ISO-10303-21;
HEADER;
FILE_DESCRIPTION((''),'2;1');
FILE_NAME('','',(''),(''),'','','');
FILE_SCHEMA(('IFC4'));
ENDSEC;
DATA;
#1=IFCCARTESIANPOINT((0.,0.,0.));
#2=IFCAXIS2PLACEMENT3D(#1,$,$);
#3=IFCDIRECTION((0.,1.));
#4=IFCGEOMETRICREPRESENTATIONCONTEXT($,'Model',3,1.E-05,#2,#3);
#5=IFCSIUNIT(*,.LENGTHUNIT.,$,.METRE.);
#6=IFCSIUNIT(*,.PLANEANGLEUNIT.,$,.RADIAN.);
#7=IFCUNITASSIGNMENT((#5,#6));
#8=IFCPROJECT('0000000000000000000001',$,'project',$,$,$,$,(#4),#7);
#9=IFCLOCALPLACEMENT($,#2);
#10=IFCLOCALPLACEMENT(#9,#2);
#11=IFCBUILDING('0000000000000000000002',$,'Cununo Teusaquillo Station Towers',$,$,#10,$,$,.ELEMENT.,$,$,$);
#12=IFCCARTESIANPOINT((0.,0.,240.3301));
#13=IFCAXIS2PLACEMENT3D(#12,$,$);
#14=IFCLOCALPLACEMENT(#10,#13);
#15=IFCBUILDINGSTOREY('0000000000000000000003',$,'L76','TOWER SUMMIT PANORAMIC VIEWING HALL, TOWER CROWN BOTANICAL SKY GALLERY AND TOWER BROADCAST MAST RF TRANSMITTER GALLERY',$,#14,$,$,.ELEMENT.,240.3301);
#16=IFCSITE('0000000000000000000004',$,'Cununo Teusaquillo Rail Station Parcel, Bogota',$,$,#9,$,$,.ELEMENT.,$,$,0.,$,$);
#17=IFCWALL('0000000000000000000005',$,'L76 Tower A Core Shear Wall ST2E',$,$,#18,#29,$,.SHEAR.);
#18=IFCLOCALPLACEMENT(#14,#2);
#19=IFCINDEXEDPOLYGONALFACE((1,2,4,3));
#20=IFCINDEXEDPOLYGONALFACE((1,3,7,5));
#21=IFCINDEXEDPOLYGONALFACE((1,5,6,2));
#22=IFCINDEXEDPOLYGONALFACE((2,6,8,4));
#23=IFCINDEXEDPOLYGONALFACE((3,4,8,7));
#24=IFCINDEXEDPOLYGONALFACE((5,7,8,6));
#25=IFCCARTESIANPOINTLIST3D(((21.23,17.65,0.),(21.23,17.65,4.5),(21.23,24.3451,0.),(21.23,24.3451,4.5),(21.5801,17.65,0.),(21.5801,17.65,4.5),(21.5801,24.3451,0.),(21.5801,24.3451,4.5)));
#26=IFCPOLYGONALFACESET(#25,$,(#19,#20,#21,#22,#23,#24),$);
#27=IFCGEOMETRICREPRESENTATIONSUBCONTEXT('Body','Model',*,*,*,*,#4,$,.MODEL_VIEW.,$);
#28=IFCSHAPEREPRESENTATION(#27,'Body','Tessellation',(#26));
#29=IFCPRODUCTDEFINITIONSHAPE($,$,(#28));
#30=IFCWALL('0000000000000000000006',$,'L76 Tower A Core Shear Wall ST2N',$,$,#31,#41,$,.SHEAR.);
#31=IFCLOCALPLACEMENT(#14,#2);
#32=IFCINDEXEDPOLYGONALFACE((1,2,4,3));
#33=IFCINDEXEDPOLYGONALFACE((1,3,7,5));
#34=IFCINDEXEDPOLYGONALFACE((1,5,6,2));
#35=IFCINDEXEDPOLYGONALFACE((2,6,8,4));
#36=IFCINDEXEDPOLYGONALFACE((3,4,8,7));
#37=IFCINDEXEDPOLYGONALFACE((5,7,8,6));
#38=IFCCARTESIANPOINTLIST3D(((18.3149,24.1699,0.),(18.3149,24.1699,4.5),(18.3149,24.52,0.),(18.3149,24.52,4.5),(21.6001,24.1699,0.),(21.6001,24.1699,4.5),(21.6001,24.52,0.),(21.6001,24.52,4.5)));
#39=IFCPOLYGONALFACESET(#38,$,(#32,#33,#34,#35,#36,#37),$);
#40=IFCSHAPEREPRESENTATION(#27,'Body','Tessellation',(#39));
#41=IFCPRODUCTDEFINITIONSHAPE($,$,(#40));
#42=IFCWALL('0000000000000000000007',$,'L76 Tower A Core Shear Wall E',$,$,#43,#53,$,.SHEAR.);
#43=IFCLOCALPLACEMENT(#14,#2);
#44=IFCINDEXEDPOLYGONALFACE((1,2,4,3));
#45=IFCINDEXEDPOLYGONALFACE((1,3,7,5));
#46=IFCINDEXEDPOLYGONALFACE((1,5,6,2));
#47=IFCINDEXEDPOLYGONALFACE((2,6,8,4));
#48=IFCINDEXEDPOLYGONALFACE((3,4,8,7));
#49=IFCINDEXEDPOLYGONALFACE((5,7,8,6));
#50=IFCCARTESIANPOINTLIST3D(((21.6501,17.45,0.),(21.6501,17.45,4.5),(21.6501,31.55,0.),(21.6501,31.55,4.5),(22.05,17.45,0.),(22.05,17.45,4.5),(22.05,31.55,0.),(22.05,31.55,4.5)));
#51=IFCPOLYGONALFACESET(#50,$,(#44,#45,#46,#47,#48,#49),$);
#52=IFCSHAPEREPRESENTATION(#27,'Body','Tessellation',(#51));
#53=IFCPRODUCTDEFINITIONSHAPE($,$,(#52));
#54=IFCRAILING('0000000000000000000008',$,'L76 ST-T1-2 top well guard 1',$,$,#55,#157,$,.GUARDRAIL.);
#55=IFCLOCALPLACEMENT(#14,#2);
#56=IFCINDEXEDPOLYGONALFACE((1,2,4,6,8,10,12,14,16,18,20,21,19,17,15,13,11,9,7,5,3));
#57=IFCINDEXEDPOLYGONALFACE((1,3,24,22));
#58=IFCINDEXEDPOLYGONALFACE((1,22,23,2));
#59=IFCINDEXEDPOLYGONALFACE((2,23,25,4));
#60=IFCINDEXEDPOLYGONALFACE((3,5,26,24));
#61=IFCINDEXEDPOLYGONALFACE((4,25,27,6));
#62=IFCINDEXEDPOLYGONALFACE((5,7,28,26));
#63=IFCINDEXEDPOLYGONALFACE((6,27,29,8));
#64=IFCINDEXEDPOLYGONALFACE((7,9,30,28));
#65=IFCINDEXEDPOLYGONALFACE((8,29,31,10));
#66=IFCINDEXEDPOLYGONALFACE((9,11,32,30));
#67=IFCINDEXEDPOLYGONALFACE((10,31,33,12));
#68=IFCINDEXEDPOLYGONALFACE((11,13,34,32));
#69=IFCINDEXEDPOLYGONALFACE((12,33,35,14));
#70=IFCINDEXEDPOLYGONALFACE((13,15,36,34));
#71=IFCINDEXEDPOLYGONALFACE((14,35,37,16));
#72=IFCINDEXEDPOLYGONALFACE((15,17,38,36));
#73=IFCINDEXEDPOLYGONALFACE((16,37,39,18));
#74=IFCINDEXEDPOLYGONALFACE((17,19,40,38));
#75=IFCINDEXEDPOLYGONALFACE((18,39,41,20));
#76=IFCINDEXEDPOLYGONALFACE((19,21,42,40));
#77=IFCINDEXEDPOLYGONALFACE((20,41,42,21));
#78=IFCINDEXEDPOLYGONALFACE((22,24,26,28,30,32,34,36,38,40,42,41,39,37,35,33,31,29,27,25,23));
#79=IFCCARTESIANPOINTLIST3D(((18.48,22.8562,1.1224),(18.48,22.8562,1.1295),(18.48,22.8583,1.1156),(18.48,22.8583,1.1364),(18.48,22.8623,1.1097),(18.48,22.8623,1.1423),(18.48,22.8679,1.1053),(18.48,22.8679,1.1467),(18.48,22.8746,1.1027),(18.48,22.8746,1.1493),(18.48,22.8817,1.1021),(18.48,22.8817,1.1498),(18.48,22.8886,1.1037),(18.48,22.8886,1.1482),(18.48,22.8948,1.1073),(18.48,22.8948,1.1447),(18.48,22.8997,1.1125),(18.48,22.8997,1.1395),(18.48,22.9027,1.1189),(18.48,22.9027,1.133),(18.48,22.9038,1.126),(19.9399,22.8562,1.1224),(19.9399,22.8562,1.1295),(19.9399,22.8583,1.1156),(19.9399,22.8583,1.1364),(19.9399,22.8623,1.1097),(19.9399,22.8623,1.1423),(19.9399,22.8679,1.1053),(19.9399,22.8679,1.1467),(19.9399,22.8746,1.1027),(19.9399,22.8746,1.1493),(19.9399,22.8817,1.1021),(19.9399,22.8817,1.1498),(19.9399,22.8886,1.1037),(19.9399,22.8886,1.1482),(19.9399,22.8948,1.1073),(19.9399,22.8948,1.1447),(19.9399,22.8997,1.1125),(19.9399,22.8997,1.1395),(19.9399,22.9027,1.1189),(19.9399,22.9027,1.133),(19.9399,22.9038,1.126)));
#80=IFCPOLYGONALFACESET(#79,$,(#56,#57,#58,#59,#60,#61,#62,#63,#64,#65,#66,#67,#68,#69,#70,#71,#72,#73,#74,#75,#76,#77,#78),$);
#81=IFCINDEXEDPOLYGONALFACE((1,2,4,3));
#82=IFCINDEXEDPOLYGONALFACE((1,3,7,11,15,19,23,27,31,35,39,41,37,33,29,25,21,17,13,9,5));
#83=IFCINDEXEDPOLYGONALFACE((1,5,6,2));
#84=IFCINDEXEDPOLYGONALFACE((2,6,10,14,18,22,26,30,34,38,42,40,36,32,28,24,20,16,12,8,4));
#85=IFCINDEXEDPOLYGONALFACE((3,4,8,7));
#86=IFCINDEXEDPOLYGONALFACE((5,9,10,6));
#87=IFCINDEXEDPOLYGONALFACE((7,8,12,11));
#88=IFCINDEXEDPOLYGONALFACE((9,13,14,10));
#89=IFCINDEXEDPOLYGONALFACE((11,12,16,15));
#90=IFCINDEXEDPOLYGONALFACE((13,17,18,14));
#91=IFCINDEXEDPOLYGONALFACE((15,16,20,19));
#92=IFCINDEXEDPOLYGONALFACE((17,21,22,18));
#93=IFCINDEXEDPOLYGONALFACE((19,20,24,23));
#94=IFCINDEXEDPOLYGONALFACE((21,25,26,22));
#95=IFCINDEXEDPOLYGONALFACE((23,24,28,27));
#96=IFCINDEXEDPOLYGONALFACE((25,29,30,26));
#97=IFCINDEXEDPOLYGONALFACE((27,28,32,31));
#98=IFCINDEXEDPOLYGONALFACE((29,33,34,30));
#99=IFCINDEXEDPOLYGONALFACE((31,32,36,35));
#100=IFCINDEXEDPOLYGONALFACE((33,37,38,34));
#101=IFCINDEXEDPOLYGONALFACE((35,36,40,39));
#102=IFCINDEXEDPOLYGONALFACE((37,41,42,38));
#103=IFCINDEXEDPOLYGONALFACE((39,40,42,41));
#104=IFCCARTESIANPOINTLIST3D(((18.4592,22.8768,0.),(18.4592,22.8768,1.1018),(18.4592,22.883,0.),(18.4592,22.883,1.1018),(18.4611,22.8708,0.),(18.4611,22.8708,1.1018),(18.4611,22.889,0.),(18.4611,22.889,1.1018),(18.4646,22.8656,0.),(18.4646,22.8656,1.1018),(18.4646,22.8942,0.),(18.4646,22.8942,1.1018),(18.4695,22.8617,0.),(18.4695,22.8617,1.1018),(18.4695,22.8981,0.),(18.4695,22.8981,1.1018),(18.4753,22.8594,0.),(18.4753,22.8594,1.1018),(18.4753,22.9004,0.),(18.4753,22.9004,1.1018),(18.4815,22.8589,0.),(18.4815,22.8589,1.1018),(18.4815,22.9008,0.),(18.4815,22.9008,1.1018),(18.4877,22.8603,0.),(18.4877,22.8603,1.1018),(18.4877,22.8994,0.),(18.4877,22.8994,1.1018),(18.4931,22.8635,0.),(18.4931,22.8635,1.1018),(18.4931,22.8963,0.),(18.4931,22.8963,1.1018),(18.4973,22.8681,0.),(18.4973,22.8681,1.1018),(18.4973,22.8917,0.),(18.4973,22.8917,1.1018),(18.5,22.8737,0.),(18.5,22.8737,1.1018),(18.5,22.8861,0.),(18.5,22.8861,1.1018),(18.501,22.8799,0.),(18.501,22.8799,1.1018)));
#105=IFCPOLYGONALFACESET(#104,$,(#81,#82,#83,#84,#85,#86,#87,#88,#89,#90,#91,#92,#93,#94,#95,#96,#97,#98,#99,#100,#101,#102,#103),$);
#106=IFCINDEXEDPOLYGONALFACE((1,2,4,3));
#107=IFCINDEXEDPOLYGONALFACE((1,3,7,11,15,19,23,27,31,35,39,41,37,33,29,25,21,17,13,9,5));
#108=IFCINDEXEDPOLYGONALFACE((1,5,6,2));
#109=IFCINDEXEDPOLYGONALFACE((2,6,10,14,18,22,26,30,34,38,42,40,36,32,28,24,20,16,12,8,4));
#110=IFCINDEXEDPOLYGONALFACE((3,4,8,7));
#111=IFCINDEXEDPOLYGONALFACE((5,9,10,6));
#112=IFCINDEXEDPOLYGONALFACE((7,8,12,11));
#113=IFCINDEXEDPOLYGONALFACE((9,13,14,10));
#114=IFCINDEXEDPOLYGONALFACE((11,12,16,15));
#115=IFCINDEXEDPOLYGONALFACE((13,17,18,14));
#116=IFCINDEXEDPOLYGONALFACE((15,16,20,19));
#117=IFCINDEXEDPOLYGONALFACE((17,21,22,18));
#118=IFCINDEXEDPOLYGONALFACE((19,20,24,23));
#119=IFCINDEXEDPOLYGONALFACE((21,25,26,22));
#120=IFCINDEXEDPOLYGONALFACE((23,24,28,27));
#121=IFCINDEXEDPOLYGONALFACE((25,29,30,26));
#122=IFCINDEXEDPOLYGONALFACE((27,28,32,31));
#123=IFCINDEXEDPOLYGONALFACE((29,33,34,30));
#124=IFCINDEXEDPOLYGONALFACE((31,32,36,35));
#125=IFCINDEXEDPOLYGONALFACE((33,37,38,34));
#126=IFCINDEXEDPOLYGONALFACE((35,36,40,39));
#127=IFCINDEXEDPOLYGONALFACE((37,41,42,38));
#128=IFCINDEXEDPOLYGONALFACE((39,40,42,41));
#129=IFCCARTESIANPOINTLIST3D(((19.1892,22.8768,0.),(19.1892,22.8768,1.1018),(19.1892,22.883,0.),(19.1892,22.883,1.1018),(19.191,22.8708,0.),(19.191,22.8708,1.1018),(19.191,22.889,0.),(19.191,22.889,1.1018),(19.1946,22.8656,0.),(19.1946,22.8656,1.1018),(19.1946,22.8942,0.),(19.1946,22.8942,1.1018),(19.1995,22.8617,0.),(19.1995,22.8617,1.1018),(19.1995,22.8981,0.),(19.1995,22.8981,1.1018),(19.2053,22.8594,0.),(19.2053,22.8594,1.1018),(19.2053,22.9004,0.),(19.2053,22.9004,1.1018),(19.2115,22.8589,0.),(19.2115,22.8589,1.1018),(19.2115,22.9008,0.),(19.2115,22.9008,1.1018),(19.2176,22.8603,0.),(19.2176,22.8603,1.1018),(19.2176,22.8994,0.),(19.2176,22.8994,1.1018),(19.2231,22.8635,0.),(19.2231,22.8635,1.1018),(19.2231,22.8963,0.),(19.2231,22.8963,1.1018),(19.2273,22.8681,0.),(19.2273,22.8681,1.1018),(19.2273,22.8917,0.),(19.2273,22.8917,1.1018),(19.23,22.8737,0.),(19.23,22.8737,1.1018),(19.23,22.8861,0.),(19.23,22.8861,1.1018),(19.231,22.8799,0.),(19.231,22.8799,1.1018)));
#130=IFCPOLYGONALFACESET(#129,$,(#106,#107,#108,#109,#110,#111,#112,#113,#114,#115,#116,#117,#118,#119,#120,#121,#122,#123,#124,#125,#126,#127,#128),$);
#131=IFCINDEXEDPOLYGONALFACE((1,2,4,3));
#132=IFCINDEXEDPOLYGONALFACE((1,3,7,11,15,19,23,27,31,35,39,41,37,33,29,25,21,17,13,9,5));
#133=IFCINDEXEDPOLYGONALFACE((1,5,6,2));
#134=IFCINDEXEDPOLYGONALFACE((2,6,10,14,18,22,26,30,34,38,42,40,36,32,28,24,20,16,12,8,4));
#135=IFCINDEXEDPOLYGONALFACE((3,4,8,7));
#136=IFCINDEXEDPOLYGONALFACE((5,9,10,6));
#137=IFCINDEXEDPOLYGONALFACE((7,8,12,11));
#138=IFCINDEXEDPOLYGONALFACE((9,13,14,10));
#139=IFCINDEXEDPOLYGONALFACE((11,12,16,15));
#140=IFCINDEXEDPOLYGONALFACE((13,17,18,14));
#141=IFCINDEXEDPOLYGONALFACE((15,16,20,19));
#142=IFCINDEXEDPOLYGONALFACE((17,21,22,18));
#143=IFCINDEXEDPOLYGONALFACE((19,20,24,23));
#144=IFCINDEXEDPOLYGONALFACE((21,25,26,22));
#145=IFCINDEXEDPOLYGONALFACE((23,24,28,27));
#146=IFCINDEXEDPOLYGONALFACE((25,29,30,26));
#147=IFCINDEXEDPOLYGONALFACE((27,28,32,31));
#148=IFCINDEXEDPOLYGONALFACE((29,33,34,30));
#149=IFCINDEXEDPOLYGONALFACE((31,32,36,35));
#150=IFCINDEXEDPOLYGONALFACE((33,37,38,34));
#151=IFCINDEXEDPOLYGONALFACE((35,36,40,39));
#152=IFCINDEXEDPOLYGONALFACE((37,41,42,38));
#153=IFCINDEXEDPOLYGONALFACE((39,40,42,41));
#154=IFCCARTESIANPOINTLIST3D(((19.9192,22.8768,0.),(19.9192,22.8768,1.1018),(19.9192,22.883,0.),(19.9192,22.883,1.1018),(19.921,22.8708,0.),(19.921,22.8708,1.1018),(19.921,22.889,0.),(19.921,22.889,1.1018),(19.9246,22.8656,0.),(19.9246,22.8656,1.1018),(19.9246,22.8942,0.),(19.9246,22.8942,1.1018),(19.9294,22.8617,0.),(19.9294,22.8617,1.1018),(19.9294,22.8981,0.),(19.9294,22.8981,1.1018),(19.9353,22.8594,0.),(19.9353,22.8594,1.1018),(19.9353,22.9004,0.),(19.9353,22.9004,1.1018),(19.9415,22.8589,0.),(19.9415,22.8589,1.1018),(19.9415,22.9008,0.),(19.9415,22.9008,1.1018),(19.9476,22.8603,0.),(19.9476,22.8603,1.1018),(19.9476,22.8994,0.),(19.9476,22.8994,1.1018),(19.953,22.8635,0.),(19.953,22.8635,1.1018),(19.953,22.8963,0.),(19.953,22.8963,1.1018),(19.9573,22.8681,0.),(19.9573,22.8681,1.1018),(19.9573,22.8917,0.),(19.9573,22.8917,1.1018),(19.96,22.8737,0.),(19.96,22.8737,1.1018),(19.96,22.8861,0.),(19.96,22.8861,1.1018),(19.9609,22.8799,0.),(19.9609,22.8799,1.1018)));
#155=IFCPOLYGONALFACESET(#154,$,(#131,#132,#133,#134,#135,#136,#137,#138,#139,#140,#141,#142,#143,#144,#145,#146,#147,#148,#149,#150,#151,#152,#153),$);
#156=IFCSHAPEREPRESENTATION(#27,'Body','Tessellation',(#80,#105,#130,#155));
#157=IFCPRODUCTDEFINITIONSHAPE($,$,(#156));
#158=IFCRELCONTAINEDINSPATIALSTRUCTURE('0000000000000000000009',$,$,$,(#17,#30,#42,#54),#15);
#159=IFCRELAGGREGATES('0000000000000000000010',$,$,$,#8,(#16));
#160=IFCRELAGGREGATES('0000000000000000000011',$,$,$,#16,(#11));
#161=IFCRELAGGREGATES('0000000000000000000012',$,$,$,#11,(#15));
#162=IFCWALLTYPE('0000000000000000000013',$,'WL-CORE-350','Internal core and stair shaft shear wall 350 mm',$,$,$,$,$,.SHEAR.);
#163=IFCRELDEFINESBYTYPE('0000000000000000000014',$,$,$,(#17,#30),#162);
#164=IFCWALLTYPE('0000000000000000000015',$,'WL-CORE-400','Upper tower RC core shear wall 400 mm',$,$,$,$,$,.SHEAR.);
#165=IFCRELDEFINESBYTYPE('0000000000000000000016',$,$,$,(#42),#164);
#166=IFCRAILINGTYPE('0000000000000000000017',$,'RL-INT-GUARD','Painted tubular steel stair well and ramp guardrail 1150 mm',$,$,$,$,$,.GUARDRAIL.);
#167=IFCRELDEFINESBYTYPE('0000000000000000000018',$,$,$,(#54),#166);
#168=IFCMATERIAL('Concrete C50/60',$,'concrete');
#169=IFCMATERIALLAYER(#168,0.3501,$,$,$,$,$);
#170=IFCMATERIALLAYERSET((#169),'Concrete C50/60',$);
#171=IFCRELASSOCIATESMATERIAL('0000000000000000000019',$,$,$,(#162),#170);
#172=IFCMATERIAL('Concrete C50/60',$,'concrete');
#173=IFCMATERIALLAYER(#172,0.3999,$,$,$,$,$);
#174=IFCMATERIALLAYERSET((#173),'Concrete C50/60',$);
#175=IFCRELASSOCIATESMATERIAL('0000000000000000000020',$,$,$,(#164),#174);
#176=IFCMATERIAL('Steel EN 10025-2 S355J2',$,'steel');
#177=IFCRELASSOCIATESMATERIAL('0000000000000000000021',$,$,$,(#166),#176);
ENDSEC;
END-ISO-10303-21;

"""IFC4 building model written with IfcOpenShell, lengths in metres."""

from ifc_helpers import new_model, si_unit, direction, frame, frame_2d, origin, origin_2d, place, context, subcontext, project, spatial, rectangle, circle, extrude, material, layer, layer_set, type_object, element, save


model = new_model("IFC4")

# Units and contexts
model_context = context("Model", 3, precision=1e-05, world=origin(), true_north=direction((0.0, 1.0)))
body_context = subcontext(model_context, "Body", "Model", "MODEL_VIEW")
ifc_project = project(units=[si_unit("LENGTHUNIT", "METRE"), si_unit("PLANEANGLEUNIT", "RADIAN")], contexts=[model_context])

# Site, building, storey
site_placement = place(None, origin())
site = spatial("IfcSite", under=ifc_project, at=site_placement, Name="Cununo Teusaquillo Rail Station Parcel, Bogota", CompositionType="ELEMENT", RefElevation=0.0)
building_placement = place(site_placement, origin())
building = spatial("IfcBuilding", under=site, at=building_placement, Name="Cununo Teusaquillo Station Towers", CompositionType="ELEMENT")
storey_placement = place(building_placement, frame((0.0, 0.0, 240.3301)))
storey = spatial("IfcBuildingStorey", under=building, at=storey_placement, Name="L76", Description="TOWER SUMMIT PANORAMIC VIEWING HALL, TOWER CROWN BOTANICAL SKY GALLERY AND TOWER BROADCAST MAST RF TRANSMITTER GALLERY", CompositionType="ELEMENT", Elevation=240.3301)

# Shared definitions
ifc_material_1 = material(Name="Concrete C50/60", Category="concrete")
ifc_layer_1 = layer(ifc_material_1, 0.3501)
ifc_layer_set_1 = layer_set([ifc_layer_1], Name="Concrete C50/60")
wall_type_1 = type_object("IfcWallType", Name="WL-CORE-350", Description="Internal core and stair shaft shear wall 350 mm", PredefinedType="SHEAR", material=ifc_layer_set_1)

# Walls
wall_1_placement = place(storey_placement, frame((21.405, 17.6499, 0.0), z_axis=(0.0, 0.0, 1.0), x_axis=(0.0, 1.0, 0.0)))
element("IfcWall", 1, at=wall_1_placement, inside=storey, type_object=wall_type_1, Name="L76 Tower A Core Shear Wall ST2E", PredefinedType="SHEAR", context=body_context, shape_type="SweptSolid", body=[
    extrude(rectangle(XDim=6.6951, YDim=0.3501, at=frame_2d((3.3477, 0.0))), origin(), (0.0, 0.0, 1.0), 4.5),
])
wall_2_placement = place(storey_placement, frame((18.3149, 24.345, 0.0), z_axis=(0.0, 0.0, 1.0), x_axis=(1.0, 0.0, 0.0)))
element("IfcWall", 2, at=wall_2_placement, inside=storey, type_object=wall_type_1, Name="L76 Tower A Core Shear Wall ST2N", PredefinedType="SHEAR", context=body_context, shape_type="SweptSolid", body=[
    extrude(rectangle(XDim=3.2852, YDim=0.3501, at=frame_2d((1.6426, 0.0))), origin(), (0.0, 0.0, 1.0), 4.5),
])
ifc_material_2 = material(Name="Concrete C50/60", Category="concrete")
ifc_layer_2 = layer(ifc_material_2, 0.3999)
ifc_layer_set_2 = layer_set([ifc_layer_2], Name="Concrete C50/60")
wall_type_2 = type_object("IfcWallType", Name="WL-CORE-400", Description="Upper tower RC core shear wall 400 mm", PredefinedType="SHEAR", material=ifc_layer_set_2)
wall_3_placement = place(storey_placement, frame((21.8501, 17.45, 0.0), z_axis=(0.0, 0.0, 1.0), x_axis=(0.0, 1.0, 0.0)))
element("IfcWall", 3, at=wall_3_placement, inside=storey, type_object=wall_type_2, Name="L76 Tower A Core Shear Wall E", PredefinedType="SHEAR", context=body_context, shape_type="SweptSolid", body=[
    extrude(rectangle(XDim=14.1001, YDim=0.3999, at=frame_2d((7.05, 0.0))), origin(), (0.0, 0.0, 1.0), 4.5),
])

# Railing
ifc_material_3 = material(Name="Steel EN 10025-2 S355J2", Category="steel")
railing_type = type_object("IfcRailingType", Name="RL-INT-GUARD", Description="Painted tubular steel stair well and ramp guardrail 1150 mm", PredefinedType="GUARDRAIL", material=ifc_material_3)
railing_1_placement = place(storey_placement, frame((18.48, 22.8799, 0.0)))
element("IfcRailing", 4, at=railing_1_placement, inside=storey, type_object=railing_type, Name="L76 ST-T1-2 top well guard 1", PredefinedType="GUARDRAIL", context=body_context, shape_type="SweptSolid", body=[
    extrude(circle(Radius=0.0239, at=origin_2d()), frame((0.0, 0.0, 1.126), z_axis=(1.0, 0.0, 0.0), x_axis=(0.0, 1.0, 0.0)), (0.0, 0.0, 1.0), 1.46),
    extrude(circle(Radius=0.021, at=origin_2d()), origin(), (0.0, 0.0, 1.0), 1.1018),
    extrude(circle(Radius=0.021, at=origin_2d()), frame((0.73, 0.0, 0.0)), (0.0, 0.0, 1.0), 1.1018),
    extrude(circle(Radius=0.021, at=origin_2d()), frame((1.46, 0.0, 0.0)), (0.0, 0.0, 1.0), 1.1018),
])

save(model, "model.ifc")
